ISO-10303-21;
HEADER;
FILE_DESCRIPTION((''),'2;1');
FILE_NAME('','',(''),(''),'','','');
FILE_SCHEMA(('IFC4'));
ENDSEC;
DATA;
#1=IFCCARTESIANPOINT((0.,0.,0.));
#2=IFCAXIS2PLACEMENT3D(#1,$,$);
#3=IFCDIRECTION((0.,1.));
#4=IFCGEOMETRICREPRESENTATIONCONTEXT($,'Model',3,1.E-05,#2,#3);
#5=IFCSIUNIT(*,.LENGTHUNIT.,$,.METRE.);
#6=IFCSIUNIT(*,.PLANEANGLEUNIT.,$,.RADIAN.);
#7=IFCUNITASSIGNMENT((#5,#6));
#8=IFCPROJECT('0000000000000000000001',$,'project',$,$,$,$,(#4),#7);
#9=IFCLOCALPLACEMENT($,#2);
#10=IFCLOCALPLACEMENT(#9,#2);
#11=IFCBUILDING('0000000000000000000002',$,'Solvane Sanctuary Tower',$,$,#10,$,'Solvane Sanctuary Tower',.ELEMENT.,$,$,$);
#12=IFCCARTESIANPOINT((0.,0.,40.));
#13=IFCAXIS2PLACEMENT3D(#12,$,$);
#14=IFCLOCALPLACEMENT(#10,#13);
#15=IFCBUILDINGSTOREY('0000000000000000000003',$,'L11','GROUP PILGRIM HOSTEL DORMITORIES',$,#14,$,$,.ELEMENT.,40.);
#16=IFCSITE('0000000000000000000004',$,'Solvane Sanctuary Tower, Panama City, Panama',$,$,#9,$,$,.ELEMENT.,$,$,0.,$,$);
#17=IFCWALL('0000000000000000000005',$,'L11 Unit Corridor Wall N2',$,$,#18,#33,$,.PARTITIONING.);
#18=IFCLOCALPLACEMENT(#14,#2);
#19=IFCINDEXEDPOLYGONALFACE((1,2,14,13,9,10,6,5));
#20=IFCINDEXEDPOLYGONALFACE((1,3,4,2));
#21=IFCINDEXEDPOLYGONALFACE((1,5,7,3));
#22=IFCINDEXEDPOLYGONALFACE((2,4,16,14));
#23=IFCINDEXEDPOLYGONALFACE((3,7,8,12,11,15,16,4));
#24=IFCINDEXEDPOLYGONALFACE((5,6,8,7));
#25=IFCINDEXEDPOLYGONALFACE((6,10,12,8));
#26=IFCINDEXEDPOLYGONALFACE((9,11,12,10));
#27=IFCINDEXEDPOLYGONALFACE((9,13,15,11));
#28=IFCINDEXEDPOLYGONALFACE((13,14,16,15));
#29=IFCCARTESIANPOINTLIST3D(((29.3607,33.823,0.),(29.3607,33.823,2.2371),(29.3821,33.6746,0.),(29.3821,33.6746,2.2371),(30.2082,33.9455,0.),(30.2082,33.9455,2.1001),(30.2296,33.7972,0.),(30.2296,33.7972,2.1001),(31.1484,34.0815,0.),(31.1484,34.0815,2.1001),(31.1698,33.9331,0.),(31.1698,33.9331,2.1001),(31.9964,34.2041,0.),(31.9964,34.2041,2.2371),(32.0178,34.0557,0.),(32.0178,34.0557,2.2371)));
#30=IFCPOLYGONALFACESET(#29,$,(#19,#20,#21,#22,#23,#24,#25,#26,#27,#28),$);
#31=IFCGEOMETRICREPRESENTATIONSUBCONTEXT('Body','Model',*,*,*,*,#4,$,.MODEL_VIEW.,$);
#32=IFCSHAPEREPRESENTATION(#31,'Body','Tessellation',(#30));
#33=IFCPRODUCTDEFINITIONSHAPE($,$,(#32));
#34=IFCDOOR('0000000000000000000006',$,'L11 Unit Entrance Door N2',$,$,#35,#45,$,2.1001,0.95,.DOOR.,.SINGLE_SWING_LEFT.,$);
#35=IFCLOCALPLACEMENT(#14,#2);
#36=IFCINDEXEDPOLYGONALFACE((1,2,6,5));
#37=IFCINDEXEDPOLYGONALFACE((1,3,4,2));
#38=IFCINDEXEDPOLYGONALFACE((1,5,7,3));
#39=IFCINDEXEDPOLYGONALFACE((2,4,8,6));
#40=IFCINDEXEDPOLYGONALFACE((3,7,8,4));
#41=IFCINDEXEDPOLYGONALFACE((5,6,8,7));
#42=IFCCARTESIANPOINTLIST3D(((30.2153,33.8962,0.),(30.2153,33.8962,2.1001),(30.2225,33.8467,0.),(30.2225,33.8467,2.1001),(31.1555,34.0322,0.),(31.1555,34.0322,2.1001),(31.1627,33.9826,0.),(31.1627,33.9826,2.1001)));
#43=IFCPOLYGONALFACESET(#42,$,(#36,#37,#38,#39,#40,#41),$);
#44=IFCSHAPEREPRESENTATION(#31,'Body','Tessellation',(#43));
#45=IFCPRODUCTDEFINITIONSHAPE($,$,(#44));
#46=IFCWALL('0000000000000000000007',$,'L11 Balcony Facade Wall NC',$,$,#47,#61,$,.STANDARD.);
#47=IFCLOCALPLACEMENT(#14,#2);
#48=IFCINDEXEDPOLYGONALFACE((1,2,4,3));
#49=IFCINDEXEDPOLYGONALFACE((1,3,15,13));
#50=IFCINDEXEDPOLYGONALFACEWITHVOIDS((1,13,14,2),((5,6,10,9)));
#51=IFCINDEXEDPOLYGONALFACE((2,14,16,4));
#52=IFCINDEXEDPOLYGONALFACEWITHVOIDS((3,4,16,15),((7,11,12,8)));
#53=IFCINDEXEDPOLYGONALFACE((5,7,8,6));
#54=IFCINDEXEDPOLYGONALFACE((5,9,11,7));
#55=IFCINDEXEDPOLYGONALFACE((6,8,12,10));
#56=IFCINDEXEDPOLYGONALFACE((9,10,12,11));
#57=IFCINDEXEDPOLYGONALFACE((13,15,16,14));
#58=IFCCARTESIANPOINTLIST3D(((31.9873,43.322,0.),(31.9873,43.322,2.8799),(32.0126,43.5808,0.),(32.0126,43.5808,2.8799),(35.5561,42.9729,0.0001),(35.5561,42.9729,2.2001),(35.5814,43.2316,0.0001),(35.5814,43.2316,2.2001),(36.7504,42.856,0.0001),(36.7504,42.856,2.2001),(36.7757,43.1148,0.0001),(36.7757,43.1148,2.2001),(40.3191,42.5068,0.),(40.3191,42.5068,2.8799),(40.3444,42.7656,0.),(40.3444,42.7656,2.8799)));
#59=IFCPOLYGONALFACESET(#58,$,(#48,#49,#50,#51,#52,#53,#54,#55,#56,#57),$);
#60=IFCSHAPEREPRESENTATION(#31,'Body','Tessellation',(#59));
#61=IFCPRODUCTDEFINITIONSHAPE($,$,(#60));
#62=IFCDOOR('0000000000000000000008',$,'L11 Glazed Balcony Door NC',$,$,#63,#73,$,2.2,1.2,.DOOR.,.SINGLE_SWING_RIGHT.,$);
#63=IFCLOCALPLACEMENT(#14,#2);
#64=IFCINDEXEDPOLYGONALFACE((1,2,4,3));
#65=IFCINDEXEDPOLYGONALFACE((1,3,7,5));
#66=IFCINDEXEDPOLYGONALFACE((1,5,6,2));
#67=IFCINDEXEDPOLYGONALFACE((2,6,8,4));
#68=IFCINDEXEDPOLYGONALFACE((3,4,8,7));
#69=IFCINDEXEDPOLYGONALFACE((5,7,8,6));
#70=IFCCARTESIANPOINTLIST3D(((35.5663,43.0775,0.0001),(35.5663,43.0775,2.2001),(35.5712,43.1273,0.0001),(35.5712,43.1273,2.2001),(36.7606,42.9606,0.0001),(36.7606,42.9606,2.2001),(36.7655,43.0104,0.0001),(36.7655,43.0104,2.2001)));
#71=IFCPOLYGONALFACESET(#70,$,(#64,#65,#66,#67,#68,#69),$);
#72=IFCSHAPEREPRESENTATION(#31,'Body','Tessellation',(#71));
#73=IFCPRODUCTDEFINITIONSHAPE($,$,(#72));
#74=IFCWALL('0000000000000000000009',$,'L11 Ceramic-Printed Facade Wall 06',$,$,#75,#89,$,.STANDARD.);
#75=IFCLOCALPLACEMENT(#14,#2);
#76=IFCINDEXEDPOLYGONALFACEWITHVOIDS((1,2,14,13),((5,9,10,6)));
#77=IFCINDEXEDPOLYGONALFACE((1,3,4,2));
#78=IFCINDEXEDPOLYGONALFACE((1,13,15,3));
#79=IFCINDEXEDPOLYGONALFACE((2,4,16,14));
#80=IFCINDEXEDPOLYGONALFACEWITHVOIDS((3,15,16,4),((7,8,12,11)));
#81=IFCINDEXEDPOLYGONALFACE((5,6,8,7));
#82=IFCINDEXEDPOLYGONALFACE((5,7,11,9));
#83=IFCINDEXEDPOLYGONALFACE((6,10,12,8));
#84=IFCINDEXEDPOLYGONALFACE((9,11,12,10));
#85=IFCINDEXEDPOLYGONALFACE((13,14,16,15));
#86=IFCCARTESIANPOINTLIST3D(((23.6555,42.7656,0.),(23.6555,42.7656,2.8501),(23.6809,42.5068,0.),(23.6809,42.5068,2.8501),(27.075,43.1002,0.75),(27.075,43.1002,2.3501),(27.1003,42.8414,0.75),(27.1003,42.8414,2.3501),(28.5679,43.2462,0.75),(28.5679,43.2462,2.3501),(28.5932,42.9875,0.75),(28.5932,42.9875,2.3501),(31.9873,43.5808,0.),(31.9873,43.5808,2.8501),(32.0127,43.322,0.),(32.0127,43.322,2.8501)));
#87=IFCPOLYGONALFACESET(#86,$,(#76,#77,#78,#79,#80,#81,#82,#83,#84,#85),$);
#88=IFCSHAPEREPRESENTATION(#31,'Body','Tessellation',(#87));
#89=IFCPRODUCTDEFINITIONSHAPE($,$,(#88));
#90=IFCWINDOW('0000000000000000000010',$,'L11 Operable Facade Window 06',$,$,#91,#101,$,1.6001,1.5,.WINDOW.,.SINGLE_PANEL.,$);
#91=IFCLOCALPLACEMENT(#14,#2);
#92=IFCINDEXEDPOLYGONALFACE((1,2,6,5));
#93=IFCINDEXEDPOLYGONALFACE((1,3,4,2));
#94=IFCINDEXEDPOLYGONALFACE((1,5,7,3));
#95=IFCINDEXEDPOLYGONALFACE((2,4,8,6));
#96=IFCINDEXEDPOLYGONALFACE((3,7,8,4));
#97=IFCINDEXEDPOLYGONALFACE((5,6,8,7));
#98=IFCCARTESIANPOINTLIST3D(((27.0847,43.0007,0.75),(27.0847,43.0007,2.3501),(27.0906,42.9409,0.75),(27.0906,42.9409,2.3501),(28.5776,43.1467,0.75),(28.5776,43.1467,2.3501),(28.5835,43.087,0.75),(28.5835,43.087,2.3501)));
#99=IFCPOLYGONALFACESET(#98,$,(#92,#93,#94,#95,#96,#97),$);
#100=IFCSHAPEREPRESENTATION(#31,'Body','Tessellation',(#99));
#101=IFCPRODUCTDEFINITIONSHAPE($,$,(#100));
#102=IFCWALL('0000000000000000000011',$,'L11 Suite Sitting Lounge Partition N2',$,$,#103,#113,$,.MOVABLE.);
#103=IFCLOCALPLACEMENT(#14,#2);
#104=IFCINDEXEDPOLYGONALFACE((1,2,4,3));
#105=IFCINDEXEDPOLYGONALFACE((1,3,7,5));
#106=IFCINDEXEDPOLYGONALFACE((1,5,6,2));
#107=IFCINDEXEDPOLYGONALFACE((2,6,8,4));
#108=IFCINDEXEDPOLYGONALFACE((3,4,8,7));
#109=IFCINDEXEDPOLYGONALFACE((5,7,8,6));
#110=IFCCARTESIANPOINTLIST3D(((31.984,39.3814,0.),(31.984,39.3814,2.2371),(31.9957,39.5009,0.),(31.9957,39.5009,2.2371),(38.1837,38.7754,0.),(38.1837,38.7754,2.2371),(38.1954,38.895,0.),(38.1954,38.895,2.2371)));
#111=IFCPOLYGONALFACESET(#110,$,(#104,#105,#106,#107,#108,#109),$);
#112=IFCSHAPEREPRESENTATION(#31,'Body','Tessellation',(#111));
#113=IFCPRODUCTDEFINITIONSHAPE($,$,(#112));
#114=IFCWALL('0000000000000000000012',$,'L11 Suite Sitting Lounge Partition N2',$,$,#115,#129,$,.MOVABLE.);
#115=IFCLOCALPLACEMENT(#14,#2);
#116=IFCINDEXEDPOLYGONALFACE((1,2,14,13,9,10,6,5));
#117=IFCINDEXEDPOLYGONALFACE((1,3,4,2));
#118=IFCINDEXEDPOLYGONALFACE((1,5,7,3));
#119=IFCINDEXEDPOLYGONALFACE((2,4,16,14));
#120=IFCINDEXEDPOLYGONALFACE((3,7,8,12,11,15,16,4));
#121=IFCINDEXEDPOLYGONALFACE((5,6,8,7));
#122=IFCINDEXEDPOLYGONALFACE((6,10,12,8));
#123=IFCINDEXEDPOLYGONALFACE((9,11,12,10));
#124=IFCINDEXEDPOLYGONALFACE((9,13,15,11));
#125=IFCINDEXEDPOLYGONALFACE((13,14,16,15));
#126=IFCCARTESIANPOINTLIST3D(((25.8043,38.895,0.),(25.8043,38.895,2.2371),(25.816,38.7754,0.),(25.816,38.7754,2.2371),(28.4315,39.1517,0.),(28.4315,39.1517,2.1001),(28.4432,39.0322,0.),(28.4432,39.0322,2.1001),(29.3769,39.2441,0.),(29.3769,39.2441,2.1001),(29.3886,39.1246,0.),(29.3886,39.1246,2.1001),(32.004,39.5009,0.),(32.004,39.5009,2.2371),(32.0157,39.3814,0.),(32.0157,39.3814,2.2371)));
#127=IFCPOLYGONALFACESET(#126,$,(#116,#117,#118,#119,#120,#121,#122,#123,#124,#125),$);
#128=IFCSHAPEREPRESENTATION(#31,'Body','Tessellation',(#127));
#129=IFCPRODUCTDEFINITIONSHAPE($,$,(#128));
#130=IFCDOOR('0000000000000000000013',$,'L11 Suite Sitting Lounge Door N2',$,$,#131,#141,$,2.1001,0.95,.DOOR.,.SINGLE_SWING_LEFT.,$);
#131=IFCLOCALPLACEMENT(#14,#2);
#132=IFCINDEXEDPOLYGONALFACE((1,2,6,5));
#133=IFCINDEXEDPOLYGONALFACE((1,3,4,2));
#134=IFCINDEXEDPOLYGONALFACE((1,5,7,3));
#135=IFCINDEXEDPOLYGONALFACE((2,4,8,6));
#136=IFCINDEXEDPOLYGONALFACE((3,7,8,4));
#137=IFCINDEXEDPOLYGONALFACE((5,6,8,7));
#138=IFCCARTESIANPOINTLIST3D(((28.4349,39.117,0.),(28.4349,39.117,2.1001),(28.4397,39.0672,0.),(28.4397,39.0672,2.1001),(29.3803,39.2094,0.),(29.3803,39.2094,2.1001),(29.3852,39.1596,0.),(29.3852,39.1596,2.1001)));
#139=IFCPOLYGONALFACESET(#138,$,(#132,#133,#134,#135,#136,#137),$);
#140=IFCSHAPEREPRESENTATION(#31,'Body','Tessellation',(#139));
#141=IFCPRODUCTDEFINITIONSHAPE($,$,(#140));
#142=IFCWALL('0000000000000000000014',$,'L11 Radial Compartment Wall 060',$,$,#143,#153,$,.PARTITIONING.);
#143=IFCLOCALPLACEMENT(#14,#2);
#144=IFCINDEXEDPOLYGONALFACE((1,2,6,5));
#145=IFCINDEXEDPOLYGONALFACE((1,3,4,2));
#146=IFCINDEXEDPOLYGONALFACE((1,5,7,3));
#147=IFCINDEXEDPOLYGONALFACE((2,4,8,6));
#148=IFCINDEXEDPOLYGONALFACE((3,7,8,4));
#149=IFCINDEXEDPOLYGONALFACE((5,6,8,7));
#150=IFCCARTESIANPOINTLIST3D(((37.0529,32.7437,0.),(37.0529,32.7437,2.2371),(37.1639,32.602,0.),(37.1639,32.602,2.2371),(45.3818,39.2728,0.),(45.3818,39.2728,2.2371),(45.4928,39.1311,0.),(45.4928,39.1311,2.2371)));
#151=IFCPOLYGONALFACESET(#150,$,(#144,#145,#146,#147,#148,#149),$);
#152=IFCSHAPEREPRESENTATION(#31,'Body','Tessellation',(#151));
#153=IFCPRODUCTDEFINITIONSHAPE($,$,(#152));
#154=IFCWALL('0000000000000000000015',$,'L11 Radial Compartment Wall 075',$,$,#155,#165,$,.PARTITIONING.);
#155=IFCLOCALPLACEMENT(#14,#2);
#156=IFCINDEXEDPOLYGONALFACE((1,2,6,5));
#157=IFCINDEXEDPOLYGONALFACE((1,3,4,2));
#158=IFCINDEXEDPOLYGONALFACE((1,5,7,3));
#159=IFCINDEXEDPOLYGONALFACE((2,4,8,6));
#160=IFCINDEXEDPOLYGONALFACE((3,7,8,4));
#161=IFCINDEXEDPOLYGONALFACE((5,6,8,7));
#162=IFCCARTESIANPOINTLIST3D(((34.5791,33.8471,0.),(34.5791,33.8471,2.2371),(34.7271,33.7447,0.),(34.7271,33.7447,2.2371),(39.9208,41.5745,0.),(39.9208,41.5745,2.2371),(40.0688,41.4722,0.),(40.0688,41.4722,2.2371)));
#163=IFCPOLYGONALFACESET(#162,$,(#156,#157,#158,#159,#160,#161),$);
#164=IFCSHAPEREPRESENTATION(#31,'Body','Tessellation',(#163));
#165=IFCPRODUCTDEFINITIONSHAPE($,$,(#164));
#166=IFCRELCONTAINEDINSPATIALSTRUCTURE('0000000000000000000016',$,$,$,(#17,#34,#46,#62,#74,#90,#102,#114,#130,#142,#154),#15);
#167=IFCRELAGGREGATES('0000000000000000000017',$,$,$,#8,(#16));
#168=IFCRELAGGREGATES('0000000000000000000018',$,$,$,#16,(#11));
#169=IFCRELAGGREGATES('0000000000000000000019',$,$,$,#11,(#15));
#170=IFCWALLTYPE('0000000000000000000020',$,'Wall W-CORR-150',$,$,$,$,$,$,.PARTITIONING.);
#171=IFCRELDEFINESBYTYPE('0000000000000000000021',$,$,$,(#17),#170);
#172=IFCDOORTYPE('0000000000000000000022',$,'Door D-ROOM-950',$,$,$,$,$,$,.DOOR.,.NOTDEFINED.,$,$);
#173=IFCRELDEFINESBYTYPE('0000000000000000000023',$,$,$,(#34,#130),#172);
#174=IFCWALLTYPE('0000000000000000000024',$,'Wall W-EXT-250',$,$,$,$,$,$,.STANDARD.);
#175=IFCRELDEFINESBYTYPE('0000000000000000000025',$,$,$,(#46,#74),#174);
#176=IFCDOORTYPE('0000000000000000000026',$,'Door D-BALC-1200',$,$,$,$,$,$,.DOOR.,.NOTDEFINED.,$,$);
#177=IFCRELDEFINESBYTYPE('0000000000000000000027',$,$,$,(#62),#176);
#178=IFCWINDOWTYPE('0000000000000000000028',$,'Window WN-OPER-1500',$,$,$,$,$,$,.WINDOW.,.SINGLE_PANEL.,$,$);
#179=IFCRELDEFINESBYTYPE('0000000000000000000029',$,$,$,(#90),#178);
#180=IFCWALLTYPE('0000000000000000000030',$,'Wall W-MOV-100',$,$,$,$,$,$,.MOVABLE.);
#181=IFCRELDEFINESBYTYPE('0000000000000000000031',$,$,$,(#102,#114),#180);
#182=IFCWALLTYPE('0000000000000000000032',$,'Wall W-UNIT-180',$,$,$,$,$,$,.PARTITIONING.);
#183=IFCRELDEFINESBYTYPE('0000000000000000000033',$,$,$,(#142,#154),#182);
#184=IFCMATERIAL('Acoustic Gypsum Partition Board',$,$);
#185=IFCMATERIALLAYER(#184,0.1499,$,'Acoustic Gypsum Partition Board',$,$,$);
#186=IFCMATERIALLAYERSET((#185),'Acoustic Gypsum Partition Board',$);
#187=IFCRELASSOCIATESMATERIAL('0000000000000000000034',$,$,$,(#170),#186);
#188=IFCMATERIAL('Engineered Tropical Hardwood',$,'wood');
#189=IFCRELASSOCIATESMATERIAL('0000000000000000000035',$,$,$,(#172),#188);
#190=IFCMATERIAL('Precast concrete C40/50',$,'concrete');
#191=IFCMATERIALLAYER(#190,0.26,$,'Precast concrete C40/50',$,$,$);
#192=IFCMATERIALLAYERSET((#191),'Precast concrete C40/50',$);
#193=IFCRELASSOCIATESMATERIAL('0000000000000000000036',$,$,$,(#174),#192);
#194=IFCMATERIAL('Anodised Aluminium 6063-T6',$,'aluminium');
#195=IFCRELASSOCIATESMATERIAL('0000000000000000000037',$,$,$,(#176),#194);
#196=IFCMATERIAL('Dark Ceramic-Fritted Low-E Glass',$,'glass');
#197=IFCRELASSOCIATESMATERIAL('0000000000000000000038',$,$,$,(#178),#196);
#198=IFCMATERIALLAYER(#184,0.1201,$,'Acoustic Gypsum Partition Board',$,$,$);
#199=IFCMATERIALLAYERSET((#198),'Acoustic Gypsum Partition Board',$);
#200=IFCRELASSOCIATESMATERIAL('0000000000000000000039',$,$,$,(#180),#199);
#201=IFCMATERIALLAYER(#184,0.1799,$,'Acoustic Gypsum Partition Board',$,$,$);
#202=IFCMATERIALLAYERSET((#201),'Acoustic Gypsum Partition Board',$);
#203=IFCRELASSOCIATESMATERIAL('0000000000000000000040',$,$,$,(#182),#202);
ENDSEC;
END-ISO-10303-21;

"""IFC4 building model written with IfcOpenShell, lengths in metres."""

from ifc_helpers import new_model, si_unit, direction, frame, frame_2d, origin, place, context, subcontext, project, spatial, rectangle, extrude, material, layer, layer_set, type_object, element, fill, save


model = new_model("IFC4")

# Units and contexts
model_context = context("Model", 3, precision=1e-05, world=origin(), true_north=direction((0.0, 1.0)))
body_context = subcontext(model_context, "Body", "Model", "MODEL_VIEW")
ifc_project = project(units=[si_unit("LENGTHUNIT", "METRE"), si_unit("PLANEANGLEUNIT", "RADIAN")], contexts=[model_context])

# Site, building, storey
site_placement = place(None, origin())
site = spatial("IfcSite", under=ifc_project, at=site_placement, Name="Solvane Sanctuary Tower, Panama City, Panama", CompositionType="ELEMENT", RefElevation=0.0)
building_placement = place(site_placement, origin())
building = spatial("IfcBuilding", under=site, at=building_placement, Name="Solvane Sanctuary Tower", LongName="Solvane Sanctuary Tower", CompositionType="ELEMENT")
storey_placement = place(building_placement, frame((0.0, 0.0, 40.0)))
storey = spatial("IfcBuildingStorey", under=building, at=storey_placement, Name="L11", Description="GROUP PILGRIM HOSTEL DORMITORIES", CompositionType="ELEMENT", Elevation=40.0)

# Shared definitions
ifc_material_1 = material(Name="Acoustic Gypsum Partition Board")
ifc_layer_1 = layer(ifc_material_1, 0.1499, Name="Acoustic Gypsum Partition Board")
ifc_layer_set_1 = layer_set([ifc_layer_1], Name="Acoustic Gypsum Partition Board")
wall_type_1 = type_object("IfcWallType", Name="Wall W-CORR-150", PredefinedType="PARTITIONING", material=ifc_layer_set_1)

# Shared definitions
ifc_material_2 = material(Name="Engineered Tropical Hardwood", Category="wood")
door_type_1 = type_object("IfcDoorType", Name="Door D-ROOM-950", OperationType="NOTDEFINED", PredefinedType="DOOR", material=ifc_material_2)

# Walls, openings, doors
wall_1_placement = place(storey_placement, frame((32.0071, 34.1299, 0.0), z_axis=(0.0, 0.0, 1.0), x_axis=(-0.989708, -0.143102, 0.0)))
wall_1 = element("IfcWall", 1, at=wall_1_placement, inside=storey, type_object=wall_type_1, Name="L11 Unit Corridor Wall N2", PredefinedType="PARTITIONING", context=body_context, shape_type="SweptSolid", body=[
    extrude(rectangle(XDim=2.6631, YDim=0.1499, at=frame_2d((1.3315, 0.0))), origin(), (0.0, 0.0, 1.0), 2.2371),
])
opening_1_placement = place(wall_1_placement, frame((0.8567, 0.0, 0.0)))
opening_1 = element("IfcOpeningElement", 2, at=opening_1_placement, cuts=wall_1, PredefinedType="OPENING", context=body_context, shape_type="SweptSolid", body=[
    extrude(rectangle(XDim=0.95, YDim=2.1001, at=frame_2d((0.4751, 1.05))), frame((0.0, 0.085, 0.0), z_axis=(0.0, -1.0, 0.0), x_axis=(1.0, 0.0, 0.0)), (0.0, 0.0, 1.0), 0.1699),
])
door_1_placement = place(opening_1_placement, origin())
door_1 = element("IfcDoor", 3, at=door_1_placement, inside=storey, type_object=door_type_1, Name="L11 Unit Entrance Door N2", OperationType="SINGLE_SWING_LEFT", OverallHeight=2.1001, OverallWidth=0.95, PredefinedType="DOOR", context=body_context, shape_type="SweptSolid", body=[
    extrude(rectangle(XDim=0.95, YDim=2.1001, at=frame_2d((0.4751, 1.05))), frame((0.0, 0.0249, 0.0), z_axis=(0.0, -1.0, 0.0), x_axis=(1.0, 0.0, 0.0)), (0.0, 0.0, 1.0), 0.05),
])
fill(opening_1, door_1)
ifc_material_3 = material(Name="Precast concrete C40/50", Category="concrete")
ifc_layer_2 = layer(ifc_material_3, 0.26, Name="Precast concrete C40/50")
ifc_layer_set_2 = layer_set([ifc_layer_2], Name="Precast concrete C40/50")
wall_type_2 = type_object("IfcWallType", Name="Wall W-EXT-250", PredefinedType="STANDARD", material=ifc_layer_set_2)
wall_2_placement = place(storey_placement, frame((40.3318, 42.6362, 0.0), z_axis=(0.0, 0.0, 1.0), x_axis=(-0.995248, 0.097375, 0.0)))
wall_2 = element("IfcWall", 4, at=wall_2_placement, inside=storey, type_object=wall_type_2, Name="L11 Balcony Facade Wall NC", PredefinedType="STANDARD", context=body_context, shape_type="SweptSolid", body=[
    extrude(rectangle(XDim=8.3716, YDim=0.26, at=frame_2d((4.1858, 0.0))), origin(), (0.0, 0.0, 1.0), 2.8799),
])
opening_2_placement = place(wall_2_placement, frame((3.5857, 0.0, 0.0)))
opening_2 = element("IfcOpeningElement", 5, at=opening_2_placement, cuts=wall_2, PredefinedType="OPENING", context=body_context, shape_type="SweptSolid", body=[
    extrude(rectangle(XDim=1.2, YDim=2.2, at=frame_2d((0.6001, 1.1001))), frame((0.0, 0.1399, 0.0), z_axis=(0.0, -1.0, 0.0), x_axis=(1.0, 0.0, 0.0)), (0.0, 0.0, 1.0), 0.28),
])
ifc_material_4 = material(Name="Anodised Aluminium 6063-T6", Category="aluminium")
door_type_2 = type_object("IfcDoorType", Name="Door D-BALC-1200", OperationType="NOTDEFINED", PredefinedType="DOOR", material=ifc_material_4)
door_2_placement = place(opening_2_placement, origin())
door_2 = element("IfcDoor", 6, at=door_2_placement, inside=storey, type_object=door_type_2, Name="L11 Glazed Balcony Door NC", OperationType="SINGLE_SWING_RIGHT", OverallHeight=2.2, OverallWidth=1.2, PredefinedType="DOOR", context=body_context, shape_type="SweptSolid", body=[
    extrude(rectangle(XDim=1.2, YDim=2.2, at=frame_2d((0.6001, 1.1001))), frame((0.0, 0.0249, 0.0), z_axis=(0.0, -1.0, 0.0), x_axis=(1.0, 0.0, 0.0)), (0.0, 0.0, 1.0), 0.05),
])
fill(opening_2, door_2)

# Wall, opening, window
wall_3_placement = place(storey_placement, frame((32.0, 43.4514, 0.0), z_axis=(0.0, 0.0, 1.0), x_axis=(-0.995248, -0.097375, 0.0)))
wall_3 = element("IfcWall", 7, at=wall_3_placement, inside=storey, type_object=wall_type_2, Name="L11 Ceramic-Printed Facade Wall 06", PredefinedType="STANDARD", context=body_context, shape_type="SweptSolid", body=[
    extrude(rectangle(XDim=8.3716, YDim=0.26, at=frame_2d((4.1858, 0.0))), origin(), (0.0, 0.0, 1.0), 2.8501),
])
opening_3_placement = place(wall_3_placement, frame((3.4358, 0.0, 0.75)))
opening_3 = element("IfcOpeningElement", 8, at=opening_3_placement, cuts=wall_3, PredefinedType="OPENING", context=body_context, shape_type="SweptSolid", body=[
    extrude(rectangle(XDim=1.5, YDim=1.6001, at=frame_2d((0.75, 0.8))), frame((0.0, 0.1399, 0.0), z_axis=(0.0, -1.0, 0.0), x_axis=(1.0, 0.0, 0.0)), (0.0, 0.0, 1.0), 0.28),
])
ifc_material_5 = material(Name="Dark Ceramic-Fritted Low-E Glass", Category="glass")
window_type = type_object("IfcWindowType", Name="Window WN-OPER-1500", PartitioningType="SINGLE_PANEL", PredefinedType="WINDOW", material=ifc_material_5)
window_placement = place(opening_3_placement, origin())
window = element("IfcWindow", 9, at=window_placement, inside=storey, type_object=window_type, Name="L11 Operable Facade Window 06", OverallHeight=1.6001, OverallWidth=1.5, PartitioningType="SINGLE_PANEL", PredefinedType="WINDOW", context=body_context, shape_type="SweptSolid", body=[
    extrude(rectangle(XDim=1.5, YDim=1.6001, at=frame_2d((0.75, 0.8))), frame((0.0, 0.03, 0.0), z_axis=(0.0, -1.0, 0.0), x_axis=(1.0, 0.0, 0.0)), (0.0, 0.0, 1.0), 0.0601),
])
fill(opening_3, window)

# Wall
ifc_layer_3 = layer(ifc_material_1, 0.1201, Name="Acoustic Gypsum Partition Board")
ifc_layer_set_3 = layer_set([ifc_layer_3], Name="Acoustic Gypsum Partition Board")
wall_type_3 = type_object("IfcWallType", Name="Wall W-MOV-100", PredefinedType="MOVABLE", material=ifc_layer_set_3)
wall_4_placement = place(storey_placement, frame((38.1897, 38.8352, 0.0), z_axis=(0.0, 0.0, 1.0), x_axis=(-0.995257, 0.097276, 0.0)))
element("IfcWall", 10, at=wall_4_placement, inside=storey, type_object=wall_type_3, Name="L11 Suite Sitting Lounge Partition N2", PredefinedType="MOVABLE", context=body_context, shape_type="SweptSolid", body=[
    extrude(rectangle(XDim=6.2292, YDim=0.1201, at=frame_2d((3.1147, 0.0))), origin(), (0.0, 0.0, 1.0), 2.2371),
])

# Wall, opening, door
wall_5_placement = place(storey_placement, frame((32.01, 39.4412, 0.0), z_axis=(0.0, 0.0, 1.0), x_axis=(-0.995257, -0.097276, 0.0)))
wall_5 = element("IfcWall", 11, at=wall_5_placement, inside=storey, type_object=wall_type_3, Name="L11 Suite Sitting Lounge Partition N2", PredefinedType="MOVABLE", context=body_context, shape_type="SweptSolid", body=[
    extrude(rectangle(XDim=6.2292, YDim=0.1201, at=frame_2d((3.1147, 0.0))), origin(), (0.0, 0.0, 1.0), 2.2371),
])
opening_4_placement = place(wall_5_placement, frame((2.6396, 0.0, 0.0)))
opening_4 = element("IfcOpeningElement", 12, at=opening_4_placement, cuts=wall_5, PredefinedType="OPENING", context=body_context, shape_type="SweptSolid", body=[
    extrude(rectangle(XDim=0.95, YDim=2.1001, at=frame_2d((0.4751, 1.05))), frame((0.0, 0.0701, 0.0), z_axis=(0.0, -1.0, 0.0), x_axis=(1.0, 0.0, 0.0)), (0.0, 0.0, 1.0), 0.1401),
])
door_3_placement = place(opening_4_placement, origin())
door_3 = element("IfcDoor", 13, at=door_3_placement, inside=storey, type_object=door_type_1, Name="L11 Suite Sitting Lounge Door N2", OperationType="SINGLE_SWING_LEFT", OverallHeight=2.1001, OverallWidth=0.95, PredefinedType="DOOR", context=body_context, shape_type="SweptSolid", body=[
    extrude(rectangle(XDim=0.95, YDim=2.1001, at=frame_2d((0.4751, 1.05))), frame((0.0, 0.0249, 0.0), z_axis=(0.0, -1.0, 0.0), x_axis=(1.0, 0.0, 0.0)), (0.0, 0.0, 1.0), 0.05),
])
fill(opening_4, door_3)

# Walls
ifc_layer_4 = layer(ifc_material_1, 0.1799, Name="Acoustic Gypsum Partition Board")
ifc_layer_set_4 = layer_set([ifc_layer_4], Name="Acoustic Gypsum Partition Board")
wall_type_4 = type_object("IfcWallType", Name="Wall W-UNIT-180", PredefinedType="PARTITIONING", material=ifc_layer_set_4)
wall_6_placement = place(storey_placement, frame((37.1084, 32.6729, 0.0), z_axis=(0.0, 0.0, 1.0), x_axis=(0.787009, 0.616942, 0.0)))
element("IfcWall", 14, at=wall_6_placement, inside=storey, type_object=wall_type_4, Name="L11 Radial Compartment Wall 060", PredefinedType="PARTITIONING", context=body_context, shape_type="SweptSolid", body=[
    extrude(rectangle(XDim=10.583, YDim=0.1799, at=frame_2d((5.2915, 0.0))), origin(), (0.0, 0.0, 1.0), 2.2371),
])
wall_7_placement = place(storey_placement, frame((34.6531, 33.7959, 0.0), z_axis=(0.0, 0.0, 1.0), x_axis=(0.568631, 0.822592, 0.0)))
element("IfcWall", 15, at=wall_7_placement, inside=storey, type_object=wall_type_4, Name="L11 Radial Compartment Wall 075", PredefinedType="PARTITIONING", context=body_context, shape_type="SweptSolid", body=[
    extrude(rectangle(XDim=9.394, YDim=0.1799, at=frame_2d((4.697, 0.0))), origin(), (0.0, 0.0, 1.0), 2.2371),
])

save(model, "model.ifc")
